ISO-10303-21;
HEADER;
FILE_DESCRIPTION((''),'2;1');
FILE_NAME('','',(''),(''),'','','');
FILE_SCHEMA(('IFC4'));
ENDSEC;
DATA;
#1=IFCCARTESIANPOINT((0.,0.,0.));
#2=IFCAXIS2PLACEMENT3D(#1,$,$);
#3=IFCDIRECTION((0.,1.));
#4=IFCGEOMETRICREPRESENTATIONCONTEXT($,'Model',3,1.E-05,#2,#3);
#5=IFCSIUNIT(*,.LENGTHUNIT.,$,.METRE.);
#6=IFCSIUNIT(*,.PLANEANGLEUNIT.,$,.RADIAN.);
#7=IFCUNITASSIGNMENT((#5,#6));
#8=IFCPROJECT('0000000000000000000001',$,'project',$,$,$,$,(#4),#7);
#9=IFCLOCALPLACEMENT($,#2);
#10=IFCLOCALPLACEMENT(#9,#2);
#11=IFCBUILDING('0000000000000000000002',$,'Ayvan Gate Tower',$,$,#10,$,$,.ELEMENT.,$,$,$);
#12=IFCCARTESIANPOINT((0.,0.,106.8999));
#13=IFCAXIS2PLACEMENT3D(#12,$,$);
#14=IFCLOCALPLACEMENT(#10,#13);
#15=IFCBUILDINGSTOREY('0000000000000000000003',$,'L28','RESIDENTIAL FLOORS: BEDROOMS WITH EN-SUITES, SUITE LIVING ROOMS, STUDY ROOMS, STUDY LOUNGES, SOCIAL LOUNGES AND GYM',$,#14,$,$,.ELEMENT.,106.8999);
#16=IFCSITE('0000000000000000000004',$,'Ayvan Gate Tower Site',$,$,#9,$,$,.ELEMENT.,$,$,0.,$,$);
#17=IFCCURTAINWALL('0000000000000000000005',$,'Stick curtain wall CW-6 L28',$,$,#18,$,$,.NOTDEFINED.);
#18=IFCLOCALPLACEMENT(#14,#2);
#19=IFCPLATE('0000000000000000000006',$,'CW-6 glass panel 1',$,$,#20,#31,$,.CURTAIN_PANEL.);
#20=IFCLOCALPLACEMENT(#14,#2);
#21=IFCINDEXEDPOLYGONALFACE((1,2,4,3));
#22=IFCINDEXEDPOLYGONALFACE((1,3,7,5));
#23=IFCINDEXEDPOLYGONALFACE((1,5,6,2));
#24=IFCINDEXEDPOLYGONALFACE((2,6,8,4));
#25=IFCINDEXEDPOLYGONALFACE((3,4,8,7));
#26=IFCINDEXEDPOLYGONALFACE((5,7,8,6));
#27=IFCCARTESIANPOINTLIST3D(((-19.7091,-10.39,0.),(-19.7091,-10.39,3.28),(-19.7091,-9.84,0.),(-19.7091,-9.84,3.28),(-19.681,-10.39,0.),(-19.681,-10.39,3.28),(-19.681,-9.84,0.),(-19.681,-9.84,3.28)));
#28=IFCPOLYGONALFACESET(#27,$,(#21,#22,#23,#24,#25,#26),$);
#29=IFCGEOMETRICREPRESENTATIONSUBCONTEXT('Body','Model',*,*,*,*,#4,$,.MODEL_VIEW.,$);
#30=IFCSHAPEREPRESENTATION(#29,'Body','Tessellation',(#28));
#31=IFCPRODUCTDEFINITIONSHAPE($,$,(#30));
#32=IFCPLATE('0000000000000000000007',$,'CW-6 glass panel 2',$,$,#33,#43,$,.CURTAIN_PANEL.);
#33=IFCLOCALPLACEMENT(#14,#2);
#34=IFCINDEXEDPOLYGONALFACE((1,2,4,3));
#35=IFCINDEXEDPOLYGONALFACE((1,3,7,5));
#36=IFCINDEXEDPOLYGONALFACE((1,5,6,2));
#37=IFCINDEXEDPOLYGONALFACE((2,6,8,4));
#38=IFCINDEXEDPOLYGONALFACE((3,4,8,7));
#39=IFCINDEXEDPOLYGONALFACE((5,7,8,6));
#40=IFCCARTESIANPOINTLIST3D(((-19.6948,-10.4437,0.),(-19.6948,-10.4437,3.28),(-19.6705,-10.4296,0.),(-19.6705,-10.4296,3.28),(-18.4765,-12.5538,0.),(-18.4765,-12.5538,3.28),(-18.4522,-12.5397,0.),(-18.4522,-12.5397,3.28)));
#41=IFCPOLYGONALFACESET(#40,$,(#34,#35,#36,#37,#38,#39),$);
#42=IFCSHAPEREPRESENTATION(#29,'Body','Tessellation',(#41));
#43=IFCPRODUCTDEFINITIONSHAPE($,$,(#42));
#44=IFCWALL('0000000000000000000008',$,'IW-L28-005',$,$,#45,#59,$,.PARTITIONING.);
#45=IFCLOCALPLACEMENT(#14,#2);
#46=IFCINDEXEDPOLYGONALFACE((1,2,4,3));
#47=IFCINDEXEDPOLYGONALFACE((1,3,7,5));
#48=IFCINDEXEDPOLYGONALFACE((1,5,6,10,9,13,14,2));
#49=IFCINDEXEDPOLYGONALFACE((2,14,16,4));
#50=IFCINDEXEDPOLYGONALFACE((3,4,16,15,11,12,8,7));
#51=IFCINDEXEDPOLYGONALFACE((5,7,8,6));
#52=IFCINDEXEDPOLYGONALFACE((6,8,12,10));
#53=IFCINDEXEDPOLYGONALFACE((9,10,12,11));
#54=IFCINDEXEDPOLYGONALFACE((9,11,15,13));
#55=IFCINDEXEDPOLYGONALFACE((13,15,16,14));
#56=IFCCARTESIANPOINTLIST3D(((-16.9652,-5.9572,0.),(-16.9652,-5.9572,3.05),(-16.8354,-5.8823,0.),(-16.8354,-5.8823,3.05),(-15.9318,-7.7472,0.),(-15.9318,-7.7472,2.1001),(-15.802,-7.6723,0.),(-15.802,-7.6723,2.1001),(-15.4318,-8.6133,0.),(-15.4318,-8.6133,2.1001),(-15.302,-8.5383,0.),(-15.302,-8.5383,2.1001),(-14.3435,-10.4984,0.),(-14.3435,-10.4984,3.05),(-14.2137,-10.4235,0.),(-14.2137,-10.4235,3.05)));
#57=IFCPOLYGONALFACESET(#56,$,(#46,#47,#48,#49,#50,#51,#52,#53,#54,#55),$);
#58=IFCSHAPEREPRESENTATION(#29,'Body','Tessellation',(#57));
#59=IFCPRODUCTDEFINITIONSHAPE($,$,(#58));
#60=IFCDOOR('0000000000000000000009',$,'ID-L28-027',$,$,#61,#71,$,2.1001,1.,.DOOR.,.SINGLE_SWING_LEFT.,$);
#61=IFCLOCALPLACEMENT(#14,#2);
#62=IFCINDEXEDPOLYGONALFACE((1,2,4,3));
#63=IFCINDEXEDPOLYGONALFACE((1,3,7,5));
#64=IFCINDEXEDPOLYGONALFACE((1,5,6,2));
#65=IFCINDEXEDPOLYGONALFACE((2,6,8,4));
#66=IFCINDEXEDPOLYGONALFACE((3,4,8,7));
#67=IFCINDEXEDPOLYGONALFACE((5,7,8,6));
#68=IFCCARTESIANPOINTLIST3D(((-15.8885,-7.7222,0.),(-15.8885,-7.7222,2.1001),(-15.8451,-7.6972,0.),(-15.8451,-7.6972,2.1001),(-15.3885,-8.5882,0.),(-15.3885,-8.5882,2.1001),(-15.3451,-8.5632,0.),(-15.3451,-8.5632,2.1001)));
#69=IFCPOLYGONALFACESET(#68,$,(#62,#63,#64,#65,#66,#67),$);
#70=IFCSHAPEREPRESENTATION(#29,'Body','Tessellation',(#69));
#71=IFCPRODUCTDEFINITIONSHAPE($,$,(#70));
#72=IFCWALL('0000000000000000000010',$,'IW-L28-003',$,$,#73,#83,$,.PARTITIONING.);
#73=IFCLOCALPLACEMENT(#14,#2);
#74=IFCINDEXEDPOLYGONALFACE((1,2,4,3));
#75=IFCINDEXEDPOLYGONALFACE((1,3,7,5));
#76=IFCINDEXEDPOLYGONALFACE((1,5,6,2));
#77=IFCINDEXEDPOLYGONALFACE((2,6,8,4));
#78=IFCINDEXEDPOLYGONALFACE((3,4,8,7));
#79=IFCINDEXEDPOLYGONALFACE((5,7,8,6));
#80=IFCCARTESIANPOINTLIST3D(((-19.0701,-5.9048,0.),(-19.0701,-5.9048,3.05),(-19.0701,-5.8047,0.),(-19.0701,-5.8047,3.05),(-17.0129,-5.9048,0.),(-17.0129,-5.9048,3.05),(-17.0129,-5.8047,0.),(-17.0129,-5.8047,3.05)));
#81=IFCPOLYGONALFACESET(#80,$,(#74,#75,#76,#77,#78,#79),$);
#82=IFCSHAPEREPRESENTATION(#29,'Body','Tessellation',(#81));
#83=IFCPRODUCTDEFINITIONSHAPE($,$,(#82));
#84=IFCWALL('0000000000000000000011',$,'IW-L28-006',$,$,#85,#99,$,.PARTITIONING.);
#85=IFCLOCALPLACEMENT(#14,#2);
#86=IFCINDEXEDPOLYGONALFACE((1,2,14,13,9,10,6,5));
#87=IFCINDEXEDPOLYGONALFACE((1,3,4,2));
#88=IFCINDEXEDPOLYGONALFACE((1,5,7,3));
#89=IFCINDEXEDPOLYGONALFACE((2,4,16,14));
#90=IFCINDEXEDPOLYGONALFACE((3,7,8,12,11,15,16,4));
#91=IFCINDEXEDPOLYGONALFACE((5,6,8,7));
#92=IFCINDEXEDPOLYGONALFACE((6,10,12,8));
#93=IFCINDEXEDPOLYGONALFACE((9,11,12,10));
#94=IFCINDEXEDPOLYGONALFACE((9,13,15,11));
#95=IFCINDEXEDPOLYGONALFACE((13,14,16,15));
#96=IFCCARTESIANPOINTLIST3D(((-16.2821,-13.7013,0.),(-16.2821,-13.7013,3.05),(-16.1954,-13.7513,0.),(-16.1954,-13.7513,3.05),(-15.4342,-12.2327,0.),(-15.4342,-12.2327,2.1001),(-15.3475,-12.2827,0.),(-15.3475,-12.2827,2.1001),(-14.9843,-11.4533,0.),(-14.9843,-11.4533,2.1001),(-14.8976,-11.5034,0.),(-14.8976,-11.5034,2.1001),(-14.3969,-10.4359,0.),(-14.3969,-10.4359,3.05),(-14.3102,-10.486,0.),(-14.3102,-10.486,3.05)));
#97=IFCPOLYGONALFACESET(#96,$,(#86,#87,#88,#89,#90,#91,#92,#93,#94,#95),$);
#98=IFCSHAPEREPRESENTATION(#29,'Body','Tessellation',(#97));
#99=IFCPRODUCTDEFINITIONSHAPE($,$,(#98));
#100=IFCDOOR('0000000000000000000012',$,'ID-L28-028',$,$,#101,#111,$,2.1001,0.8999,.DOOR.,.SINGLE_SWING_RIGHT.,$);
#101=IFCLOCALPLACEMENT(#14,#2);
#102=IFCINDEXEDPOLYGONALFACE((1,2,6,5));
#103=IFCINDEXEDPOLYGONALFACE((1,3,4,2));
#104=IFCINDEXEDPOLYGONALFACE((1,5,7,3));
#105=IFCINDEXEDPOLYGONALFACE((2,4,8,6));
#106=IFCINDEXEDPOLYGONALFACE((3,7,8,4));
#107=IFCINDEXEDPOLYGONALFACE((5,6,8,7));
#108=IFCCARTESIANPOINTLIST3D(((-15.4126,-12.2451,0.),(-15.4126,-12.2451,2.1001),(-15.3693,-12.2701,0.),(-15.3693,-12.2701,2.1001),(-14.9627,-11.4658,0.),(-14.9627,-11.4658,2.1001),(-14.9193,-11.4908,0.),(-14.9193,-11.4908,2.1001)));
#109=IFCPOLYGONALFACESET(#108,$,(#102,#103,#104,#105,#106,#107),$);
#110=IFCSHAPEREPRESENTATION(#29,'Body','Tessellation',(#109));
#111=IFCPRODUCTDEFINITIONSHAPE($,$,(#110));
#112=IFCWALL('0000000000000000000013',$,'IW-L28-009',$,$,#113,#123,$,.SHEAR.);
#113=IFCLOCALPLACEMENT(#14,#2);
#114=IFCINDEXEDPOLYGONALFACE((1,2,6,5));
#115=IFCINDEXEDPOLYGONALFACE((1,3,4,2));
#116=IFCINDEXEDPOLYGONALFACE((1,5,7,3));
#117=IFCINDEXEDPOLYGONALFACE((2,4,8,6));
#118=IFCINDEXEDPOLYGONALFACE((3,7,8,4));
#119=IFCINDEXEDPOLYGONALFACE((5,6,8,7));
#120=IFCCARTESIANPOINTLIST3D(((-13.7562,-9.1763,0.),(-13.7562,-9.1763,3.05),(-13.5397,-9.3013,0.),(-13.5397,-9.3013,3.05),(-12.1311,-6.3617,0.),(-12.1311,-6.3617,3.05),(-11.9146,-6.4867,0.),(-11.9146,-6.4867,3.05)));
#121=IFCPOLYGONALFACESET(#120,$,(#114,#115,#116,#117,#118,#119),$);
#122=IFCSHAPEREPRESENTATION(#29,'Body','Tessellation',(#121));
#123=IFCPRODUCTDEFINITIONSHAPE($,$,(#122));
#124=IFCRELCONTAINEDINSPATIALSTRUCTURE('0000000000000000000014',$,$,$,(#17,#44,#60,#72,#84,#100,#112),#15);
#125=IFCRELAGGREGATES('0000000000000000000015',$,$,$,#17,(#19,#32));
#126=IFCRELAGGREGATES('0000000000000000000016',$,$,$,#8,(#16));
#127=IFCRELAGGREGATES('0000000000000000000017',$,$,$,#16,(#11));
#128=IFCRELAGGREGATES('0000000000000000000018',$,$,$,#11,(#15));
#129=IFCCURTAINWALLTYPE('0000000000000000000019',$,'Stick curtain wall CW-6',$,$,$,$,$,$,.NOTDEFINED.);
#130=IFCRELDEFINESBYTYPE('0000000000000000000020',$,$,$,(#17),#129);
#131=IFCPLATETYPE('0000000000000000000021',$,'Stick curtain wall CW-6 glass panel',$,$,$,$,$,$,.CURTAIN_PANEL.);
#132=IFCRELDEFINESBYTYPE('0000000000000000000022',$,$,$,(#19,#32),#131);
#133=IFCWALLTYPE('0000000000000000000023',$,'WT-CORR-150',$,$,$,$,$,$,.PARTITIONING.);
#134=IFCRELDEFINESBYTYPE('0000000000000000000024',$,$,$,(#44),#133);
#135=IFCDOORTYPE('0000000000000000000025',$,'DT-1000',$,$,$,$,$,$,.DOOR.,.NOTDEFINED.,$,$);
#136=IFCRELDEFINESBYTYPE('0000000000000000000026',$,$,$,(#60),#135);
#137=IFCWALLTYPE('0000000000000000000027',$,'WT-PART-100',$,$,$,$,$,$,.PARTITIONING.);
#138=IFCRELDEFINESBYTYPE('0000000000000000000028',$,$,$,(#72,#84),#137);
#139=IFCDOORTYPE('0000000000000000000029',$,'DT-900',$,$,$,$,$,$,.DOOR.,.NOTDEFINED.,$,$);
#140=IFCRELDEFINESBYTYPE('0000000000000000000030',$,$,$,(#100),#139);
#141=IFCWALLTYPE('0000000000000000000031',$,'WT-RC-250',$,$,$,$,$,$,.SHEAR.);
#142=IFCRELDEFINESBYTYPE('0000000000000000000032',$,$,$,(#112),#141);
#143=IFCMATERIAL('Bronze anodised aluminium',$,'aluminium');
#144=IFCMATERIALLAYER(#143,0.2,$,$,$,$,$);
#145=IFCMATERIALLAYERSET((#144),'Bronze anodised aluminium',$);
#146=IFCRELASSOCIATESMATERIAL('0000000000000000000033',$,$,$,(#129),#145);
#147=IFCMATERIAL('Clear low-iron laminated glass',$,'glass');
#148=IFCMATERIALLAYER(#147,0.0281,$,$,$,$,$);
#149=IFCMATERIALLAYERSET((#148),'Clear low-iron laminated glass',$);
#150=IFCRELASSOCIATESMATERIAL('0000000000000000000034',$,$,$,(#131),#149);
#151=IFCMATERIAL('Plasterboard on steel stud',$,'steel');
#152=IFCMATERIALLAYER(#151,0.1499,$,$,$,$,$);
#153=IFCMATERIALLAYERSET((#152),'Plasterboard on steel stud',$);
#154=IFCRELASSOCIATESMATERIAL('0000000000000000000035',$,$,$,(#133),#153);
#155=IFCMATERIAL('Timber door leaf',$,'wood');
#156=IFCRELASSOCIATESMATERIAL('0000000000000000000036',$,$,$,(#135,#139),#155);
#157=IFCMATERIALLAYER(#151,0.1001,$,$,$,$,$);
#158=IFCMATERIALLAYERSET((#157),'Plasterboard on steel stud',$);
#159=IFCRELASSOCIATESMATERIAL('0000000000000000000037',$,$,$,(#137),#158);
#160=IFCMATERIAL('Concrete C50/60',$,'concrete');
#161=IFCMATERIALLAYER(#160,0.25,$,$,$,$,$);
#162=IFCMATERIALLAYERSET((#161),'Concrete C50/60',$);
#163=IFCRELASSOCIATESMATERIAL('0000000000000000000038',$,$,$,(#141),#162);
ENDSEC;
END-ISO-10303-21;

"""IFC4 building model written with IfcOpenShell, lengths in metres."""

from ifc_helpers import new_model, si_unit, direction, frame, frame_2d, origin, origin_2d, place, context, subcontext, project, spatial, rectangle, extrude, material, layer, layer_set, type_object, element, fill, aggregate, save


model = new_model("IFC4")

# Units and contexts
model_context = context("Model", 3, precision=1e-05, world=origin(), true_north=direction((0.0, 1.0)))
body_context = subcontext(model_context, "Body", "Model", "MODEL_VIEW")
ifc_project = project(units=[si_unit("LENGTHUNIT", "METRE"), si_unit("PLANEANGLEUNIT", "RADIAN")], contexts=[model_context])

# Site, building, storey
site_placement = place(None, origin())
site = spatial("IfcSite", under=ifc_project, at=site_placement, Name="Ayvan Gate Tower Site", CompositionType="ELEMENT", RefElevation=0.0)
building_placement = place(site_placement, origin())
building = spatial("IfcBuilding", under=site, at=building_placement, Name="Ayvan Gate Tower", CompositionType="ELEMENT")
storey_placement = place(building_placement, frame((0.0, 0.0, 106.8999)))
storey = spatial("IfcBuildingStorey", under=building, at=storey_placement, Name="L28", Description="RESIDENTIAL FLOORS: BEDROOMS WITH EN-SUITES, SUITE LIVING ROOMS, STUDY ROOMS, STUDY LOUNGES, SOCIAL LOUNGES AND GYM", CompositionType="ELEMENT", Elevation=106.8999)

# Curtain wall
ifc_material_1 = material(Name="Bronze anodised aluminium", Category="aluminium")
ifc_layer_1 = layer(ifc_material_1, 0.2)
ifc_layer_set_1 = layer_set([ifc_layer_1], Name="Bronze anodised aluminium")
curtain_wall_type_1 = type_object("IfcCurtainWallType", Name="Stick curtain wall CW-6", PredefinedType="NOTDEFINED", material=ifc_layer_set_1)
curtain_wall_1_placement = place(storey_placement, origin())
curtain_wall_1 = element("IfcCurtainWall", 1, at=curtain_wall_1_placement, inside=storey, type_object=curtain_wall_type_1, Name="Stick curtain wall CW-6 L28", PredefinedType="NOTDEFINED")

# Plates
ifc_material_2 = material(Name="Clear low-iron laminated glass", Category="glass")
ifc_layer_2 = layer(ifc_material_2, 0.0281)
ifc_layer_set_2 = layer_set([ifc_layer_2], Name="Clear low-iron laminated glass")
plate_type_1 = type_object("IfcPlateType", Name="Stick curtain wall CW-6 glass panel", PredefinedType="CURTAIN_PANEL", material=ifc_layer_set_2)
plate_1_placement = place(storey_placement, frame((-19.6951, -10.115, 0.0), z_axis=(0.0, 0.0, 1.0), x_axis=(0.0, -1.0, 0.0)))
plate_1 = element("IfcPlate", 2, at=plate_1_placement, type_object=plate_type_1, Name="CW-6 glass panel 1", PredefinedType="CURTAIN_PANEL", context=body_context, shape_type="SweptSolid", body=[
    extrude(rectangle(XDim=0.55, YDim=0.0281, at=origin_2d()), origin(), (0.0, 0.0, 1.0), 3.28),
])
plate_2_placement = place(storey_placement, frame((-19.0735, -11.4917, 0.0), z_axis=(0.0, 0.0, 1.0), x_axis=(0.5, -0.866025, 0.0)))
plate_2 = element("IfcPlate", 3, at=plate_2_placement, type_object=plate_type_1, Name="CW-6 glass panel 2", PredefinedType="CURTAIN_PANEL", context=body_context, shape_type="SweptSolid", body=[
    extrude(rectangle(XDim=2.4365, YDim=0.0281, at=origin_2d()), origin(), (0.0, 0.0, 1.0), 3.28),
])
aggregate(curtain_wall_1, [plate_1, plate_2])

# Shared definitions
ifc_material_3 = material(Name="Plasterboard on steel stud", Category="steel")
ifc_layer_3 = layer(ifc_material_3, 0.1499)
ifc_layer_set_3 = layer_set([ifc_layer_3], Name="Plasterboard on steel stud")
wall_type_1 = type_object("IfcWallType", Name="WT-CORR-150", PredefinedType="PARTITIONING", material=ifc_layer_set_3)

# Wall, opening, door
wall_1_placement = place(storey_placement, frame((-14.2786, -10.4609, 0.0), z_axis=(0.0, 0.0, 1.0), x_axis=(-0.49999, 0.866031, 0.0)))
wall_1 = element("IfcWall", 4, at=wall_1_placement, inside=storey, type_object=wall_type_1, Name="IW-L28-005", PredefinedType="PARTITIONING", context=body_context, shape_type="SweptSolid", body=[
    extrude(rectangle(XDim=5.2437, YDim=0.1499, at=frame_2d((2.6218, 0.0))), origin(), (0.0, 0.0, 1.0), 3.05),
])
opening_1_placement = place(wall_1_placement, frame((2.1768, 0.0, 0.0)))
opening_1 = element("IfcOpeningElement", 5, at=opening_1_placement, cuts=wall_1, PredefinedType="OPENING", context=body_context, shape_type="SweptSolid", body=[
    extrude(rectangle(XDim=1.0, YDim=2.1001, at=frame_2d((0.5, 1.05))), frame((0.0, 0.085, 0.0), z_axis=(0.0, -1.0, 0.0), x_axis=(1.0, 0.0, 0.0)), (0.0, 0.0, 1.0), 0.1699),
])
ifc_material_4 = material(Name="Timber door leaf", Category="wood")
door_type_1 = type_object("IfcDoorType", Name="DT-1000", OperationType="NOTDEFINED", PredefinedType="DOOR", material=ifc_material_4)
door_1_placement = place(opening_1_placement, origin())
door_1 = element("IfcDoor", 6, at=door_1_placement, inside=storey, type_object=door_type_1, Name="ID-L28-027", OperationType="SINGLE_SWING_LEFT", OverallHeight=2.1001, OverallWidth=1.0, PredefinedType="DOOR", context=body_context, shape_type="SweptSolid", body=[
    extrude(rectangle(XDim=1.0, YDim=2.1001, at=frame_2d((0.5, 1.05))), frame((0.0, 0.0249, 0.0), z_axis=(0.0, -1.0, 0.0), x_axis=(1.0, 0.0, 0.0)), (0.0, 0.0, 1.0), 0.05),
])
fill(opening_1, door_1)

# Wall
ifc_layer_4 = layer(ifc_material_3, 0.1001)
ifc_layer_set_4 = layer_set([ifc_layer_4], Name="Plasterboard on steel stud")
wall_type_2 = type_object("IfcWallType", Name="WT-PART-100", PredefinedType="PARTITIONING", material=ifc_layer_set_4)
wall_2_placement = place(storey_placement, frame((-17.0129, -5.8547, 0.0), z_axis=(0.0, 0.0, 1.0), x_axis=(-1.0, 0.0, 0.0)))
element("IfcWall", 7, at=wall_2_placement, inside=storey, type_object=wall_type_2, Name="IW-L28-003", PredefinedType="PARTITIONING", context=body_context, shape_type="SweptSolid", body=[
    extrude(rectangle(XDim=2.0571, YDim=0.1001, at=frame_2d((1.0286, 0.0))), origin(), (0.0, 0.0, 1.0), 3.05),
])

# Wall, opening, door
wall_3_placement = place(storey_placement, frame((-14.3535, -10.4609, 0.0), z_axis=(0.0, 0.0, 1.0), x_axis=(-0.499997, -0.866027, 0.0)))
wall_3 = element("IfcWall", 8, at=wall_3_placement, inside=storey, type_object=wall_type_2, Name="IW-L28-006", PredefinedType="PARTITIONING", context=body_context, shape_type="SweptSolid", body=[
    extrude(rectangle(XDim=3.7705, YDim=0.1001, at=frame_2d((1.8853, 0.0))), origin(), (0.0, 0.0, 1.0), 3.05),
])
opening_2_placement = place(wall_3_placement, frame((1.1748, 0.0, 0.0)))
opening_2 = element("IfcOpeningElement", 9, at=opening_2_placement, cuts=wall_3, PredefinedType="OPENING", context=body_context, shape_type="SweptSolid", body=[
    extrude(rectangle(XDim=0.8999, YDim=2.1001, at=frame_2d((0.45, 1.05))), frame((0.0, 0.0601, 0.0), z_axis=(0.0, -1.0, 0.0), x_axis=(1.0, 0.0, 0.0)), (0.0, 0.0, 1.0), 0.1201),
])
door_type_2 = type_object("IfcDoorType", Name="DT-900", OperationType="NOTDEFINED", PredefinedType="DOOR", material=ifc_material_4)
door_2_placement = place(opening_2_placement, origin())
door_2 = element("IfcDoor", 10, at=door_2_placement, inside=storey, type_object=door_type_2, Name="ID-L28-028", OperationType="SINGLE_SWING_RIGHT", OverallHeight=2.1001, OverallWidth=0.8999, PredefinedType="DOOR", context=body_context, shape_type="SweptSolid", body=[
    extrude(rectangle(XDim=0.8999, YDim=2.1001, at=frame_2d((0.45, 1.05))), frame((0.0, 0.0249, 0.0), z_axis=(0.0, -1.0, 0.0), x_axis=(1.0, 0.0, 0.0)), (0.0, 0.0, 1.0), 0.05),
])
fill(opening_2, door_2)

# Wall
ifc_material_5 = material(Name="Concrete C50/60", Category="concrete")
ifc_layer_5 = layer(ifc_material_5, 0.25)
ifc_layer_set_5 = layer_set([ifc_layer_5], Name="Concrete C50/60")
wall_type_3 = type_object("IfcWallType", Name="WT-RC-250", PredefinedType="SHEAR", material=ifc_layer_set_5)
wall_4_placement = place(storey_placement, frame((-13.6479, -9.2388, 0.0), z_axis=(0.0, 0.0, 1.0), x_axis=(0.500017, 0.866015, 0.0)))
element("IfcWall", 11, at=wall_4_placement, inside=storey, type_object=wall_type_3, Name="IW-L28-009", PredefinedType="SHEAR", context=body_context, shape_type="SweptSolid", body=[
    extrude(rectangle(XDim=3.25, YDim=0.25, at=frame_2d((1.625, 0.0))), origin(), (0.0, 0.0, 1.0), 3.05),
])

save(model, "model.ifc")
